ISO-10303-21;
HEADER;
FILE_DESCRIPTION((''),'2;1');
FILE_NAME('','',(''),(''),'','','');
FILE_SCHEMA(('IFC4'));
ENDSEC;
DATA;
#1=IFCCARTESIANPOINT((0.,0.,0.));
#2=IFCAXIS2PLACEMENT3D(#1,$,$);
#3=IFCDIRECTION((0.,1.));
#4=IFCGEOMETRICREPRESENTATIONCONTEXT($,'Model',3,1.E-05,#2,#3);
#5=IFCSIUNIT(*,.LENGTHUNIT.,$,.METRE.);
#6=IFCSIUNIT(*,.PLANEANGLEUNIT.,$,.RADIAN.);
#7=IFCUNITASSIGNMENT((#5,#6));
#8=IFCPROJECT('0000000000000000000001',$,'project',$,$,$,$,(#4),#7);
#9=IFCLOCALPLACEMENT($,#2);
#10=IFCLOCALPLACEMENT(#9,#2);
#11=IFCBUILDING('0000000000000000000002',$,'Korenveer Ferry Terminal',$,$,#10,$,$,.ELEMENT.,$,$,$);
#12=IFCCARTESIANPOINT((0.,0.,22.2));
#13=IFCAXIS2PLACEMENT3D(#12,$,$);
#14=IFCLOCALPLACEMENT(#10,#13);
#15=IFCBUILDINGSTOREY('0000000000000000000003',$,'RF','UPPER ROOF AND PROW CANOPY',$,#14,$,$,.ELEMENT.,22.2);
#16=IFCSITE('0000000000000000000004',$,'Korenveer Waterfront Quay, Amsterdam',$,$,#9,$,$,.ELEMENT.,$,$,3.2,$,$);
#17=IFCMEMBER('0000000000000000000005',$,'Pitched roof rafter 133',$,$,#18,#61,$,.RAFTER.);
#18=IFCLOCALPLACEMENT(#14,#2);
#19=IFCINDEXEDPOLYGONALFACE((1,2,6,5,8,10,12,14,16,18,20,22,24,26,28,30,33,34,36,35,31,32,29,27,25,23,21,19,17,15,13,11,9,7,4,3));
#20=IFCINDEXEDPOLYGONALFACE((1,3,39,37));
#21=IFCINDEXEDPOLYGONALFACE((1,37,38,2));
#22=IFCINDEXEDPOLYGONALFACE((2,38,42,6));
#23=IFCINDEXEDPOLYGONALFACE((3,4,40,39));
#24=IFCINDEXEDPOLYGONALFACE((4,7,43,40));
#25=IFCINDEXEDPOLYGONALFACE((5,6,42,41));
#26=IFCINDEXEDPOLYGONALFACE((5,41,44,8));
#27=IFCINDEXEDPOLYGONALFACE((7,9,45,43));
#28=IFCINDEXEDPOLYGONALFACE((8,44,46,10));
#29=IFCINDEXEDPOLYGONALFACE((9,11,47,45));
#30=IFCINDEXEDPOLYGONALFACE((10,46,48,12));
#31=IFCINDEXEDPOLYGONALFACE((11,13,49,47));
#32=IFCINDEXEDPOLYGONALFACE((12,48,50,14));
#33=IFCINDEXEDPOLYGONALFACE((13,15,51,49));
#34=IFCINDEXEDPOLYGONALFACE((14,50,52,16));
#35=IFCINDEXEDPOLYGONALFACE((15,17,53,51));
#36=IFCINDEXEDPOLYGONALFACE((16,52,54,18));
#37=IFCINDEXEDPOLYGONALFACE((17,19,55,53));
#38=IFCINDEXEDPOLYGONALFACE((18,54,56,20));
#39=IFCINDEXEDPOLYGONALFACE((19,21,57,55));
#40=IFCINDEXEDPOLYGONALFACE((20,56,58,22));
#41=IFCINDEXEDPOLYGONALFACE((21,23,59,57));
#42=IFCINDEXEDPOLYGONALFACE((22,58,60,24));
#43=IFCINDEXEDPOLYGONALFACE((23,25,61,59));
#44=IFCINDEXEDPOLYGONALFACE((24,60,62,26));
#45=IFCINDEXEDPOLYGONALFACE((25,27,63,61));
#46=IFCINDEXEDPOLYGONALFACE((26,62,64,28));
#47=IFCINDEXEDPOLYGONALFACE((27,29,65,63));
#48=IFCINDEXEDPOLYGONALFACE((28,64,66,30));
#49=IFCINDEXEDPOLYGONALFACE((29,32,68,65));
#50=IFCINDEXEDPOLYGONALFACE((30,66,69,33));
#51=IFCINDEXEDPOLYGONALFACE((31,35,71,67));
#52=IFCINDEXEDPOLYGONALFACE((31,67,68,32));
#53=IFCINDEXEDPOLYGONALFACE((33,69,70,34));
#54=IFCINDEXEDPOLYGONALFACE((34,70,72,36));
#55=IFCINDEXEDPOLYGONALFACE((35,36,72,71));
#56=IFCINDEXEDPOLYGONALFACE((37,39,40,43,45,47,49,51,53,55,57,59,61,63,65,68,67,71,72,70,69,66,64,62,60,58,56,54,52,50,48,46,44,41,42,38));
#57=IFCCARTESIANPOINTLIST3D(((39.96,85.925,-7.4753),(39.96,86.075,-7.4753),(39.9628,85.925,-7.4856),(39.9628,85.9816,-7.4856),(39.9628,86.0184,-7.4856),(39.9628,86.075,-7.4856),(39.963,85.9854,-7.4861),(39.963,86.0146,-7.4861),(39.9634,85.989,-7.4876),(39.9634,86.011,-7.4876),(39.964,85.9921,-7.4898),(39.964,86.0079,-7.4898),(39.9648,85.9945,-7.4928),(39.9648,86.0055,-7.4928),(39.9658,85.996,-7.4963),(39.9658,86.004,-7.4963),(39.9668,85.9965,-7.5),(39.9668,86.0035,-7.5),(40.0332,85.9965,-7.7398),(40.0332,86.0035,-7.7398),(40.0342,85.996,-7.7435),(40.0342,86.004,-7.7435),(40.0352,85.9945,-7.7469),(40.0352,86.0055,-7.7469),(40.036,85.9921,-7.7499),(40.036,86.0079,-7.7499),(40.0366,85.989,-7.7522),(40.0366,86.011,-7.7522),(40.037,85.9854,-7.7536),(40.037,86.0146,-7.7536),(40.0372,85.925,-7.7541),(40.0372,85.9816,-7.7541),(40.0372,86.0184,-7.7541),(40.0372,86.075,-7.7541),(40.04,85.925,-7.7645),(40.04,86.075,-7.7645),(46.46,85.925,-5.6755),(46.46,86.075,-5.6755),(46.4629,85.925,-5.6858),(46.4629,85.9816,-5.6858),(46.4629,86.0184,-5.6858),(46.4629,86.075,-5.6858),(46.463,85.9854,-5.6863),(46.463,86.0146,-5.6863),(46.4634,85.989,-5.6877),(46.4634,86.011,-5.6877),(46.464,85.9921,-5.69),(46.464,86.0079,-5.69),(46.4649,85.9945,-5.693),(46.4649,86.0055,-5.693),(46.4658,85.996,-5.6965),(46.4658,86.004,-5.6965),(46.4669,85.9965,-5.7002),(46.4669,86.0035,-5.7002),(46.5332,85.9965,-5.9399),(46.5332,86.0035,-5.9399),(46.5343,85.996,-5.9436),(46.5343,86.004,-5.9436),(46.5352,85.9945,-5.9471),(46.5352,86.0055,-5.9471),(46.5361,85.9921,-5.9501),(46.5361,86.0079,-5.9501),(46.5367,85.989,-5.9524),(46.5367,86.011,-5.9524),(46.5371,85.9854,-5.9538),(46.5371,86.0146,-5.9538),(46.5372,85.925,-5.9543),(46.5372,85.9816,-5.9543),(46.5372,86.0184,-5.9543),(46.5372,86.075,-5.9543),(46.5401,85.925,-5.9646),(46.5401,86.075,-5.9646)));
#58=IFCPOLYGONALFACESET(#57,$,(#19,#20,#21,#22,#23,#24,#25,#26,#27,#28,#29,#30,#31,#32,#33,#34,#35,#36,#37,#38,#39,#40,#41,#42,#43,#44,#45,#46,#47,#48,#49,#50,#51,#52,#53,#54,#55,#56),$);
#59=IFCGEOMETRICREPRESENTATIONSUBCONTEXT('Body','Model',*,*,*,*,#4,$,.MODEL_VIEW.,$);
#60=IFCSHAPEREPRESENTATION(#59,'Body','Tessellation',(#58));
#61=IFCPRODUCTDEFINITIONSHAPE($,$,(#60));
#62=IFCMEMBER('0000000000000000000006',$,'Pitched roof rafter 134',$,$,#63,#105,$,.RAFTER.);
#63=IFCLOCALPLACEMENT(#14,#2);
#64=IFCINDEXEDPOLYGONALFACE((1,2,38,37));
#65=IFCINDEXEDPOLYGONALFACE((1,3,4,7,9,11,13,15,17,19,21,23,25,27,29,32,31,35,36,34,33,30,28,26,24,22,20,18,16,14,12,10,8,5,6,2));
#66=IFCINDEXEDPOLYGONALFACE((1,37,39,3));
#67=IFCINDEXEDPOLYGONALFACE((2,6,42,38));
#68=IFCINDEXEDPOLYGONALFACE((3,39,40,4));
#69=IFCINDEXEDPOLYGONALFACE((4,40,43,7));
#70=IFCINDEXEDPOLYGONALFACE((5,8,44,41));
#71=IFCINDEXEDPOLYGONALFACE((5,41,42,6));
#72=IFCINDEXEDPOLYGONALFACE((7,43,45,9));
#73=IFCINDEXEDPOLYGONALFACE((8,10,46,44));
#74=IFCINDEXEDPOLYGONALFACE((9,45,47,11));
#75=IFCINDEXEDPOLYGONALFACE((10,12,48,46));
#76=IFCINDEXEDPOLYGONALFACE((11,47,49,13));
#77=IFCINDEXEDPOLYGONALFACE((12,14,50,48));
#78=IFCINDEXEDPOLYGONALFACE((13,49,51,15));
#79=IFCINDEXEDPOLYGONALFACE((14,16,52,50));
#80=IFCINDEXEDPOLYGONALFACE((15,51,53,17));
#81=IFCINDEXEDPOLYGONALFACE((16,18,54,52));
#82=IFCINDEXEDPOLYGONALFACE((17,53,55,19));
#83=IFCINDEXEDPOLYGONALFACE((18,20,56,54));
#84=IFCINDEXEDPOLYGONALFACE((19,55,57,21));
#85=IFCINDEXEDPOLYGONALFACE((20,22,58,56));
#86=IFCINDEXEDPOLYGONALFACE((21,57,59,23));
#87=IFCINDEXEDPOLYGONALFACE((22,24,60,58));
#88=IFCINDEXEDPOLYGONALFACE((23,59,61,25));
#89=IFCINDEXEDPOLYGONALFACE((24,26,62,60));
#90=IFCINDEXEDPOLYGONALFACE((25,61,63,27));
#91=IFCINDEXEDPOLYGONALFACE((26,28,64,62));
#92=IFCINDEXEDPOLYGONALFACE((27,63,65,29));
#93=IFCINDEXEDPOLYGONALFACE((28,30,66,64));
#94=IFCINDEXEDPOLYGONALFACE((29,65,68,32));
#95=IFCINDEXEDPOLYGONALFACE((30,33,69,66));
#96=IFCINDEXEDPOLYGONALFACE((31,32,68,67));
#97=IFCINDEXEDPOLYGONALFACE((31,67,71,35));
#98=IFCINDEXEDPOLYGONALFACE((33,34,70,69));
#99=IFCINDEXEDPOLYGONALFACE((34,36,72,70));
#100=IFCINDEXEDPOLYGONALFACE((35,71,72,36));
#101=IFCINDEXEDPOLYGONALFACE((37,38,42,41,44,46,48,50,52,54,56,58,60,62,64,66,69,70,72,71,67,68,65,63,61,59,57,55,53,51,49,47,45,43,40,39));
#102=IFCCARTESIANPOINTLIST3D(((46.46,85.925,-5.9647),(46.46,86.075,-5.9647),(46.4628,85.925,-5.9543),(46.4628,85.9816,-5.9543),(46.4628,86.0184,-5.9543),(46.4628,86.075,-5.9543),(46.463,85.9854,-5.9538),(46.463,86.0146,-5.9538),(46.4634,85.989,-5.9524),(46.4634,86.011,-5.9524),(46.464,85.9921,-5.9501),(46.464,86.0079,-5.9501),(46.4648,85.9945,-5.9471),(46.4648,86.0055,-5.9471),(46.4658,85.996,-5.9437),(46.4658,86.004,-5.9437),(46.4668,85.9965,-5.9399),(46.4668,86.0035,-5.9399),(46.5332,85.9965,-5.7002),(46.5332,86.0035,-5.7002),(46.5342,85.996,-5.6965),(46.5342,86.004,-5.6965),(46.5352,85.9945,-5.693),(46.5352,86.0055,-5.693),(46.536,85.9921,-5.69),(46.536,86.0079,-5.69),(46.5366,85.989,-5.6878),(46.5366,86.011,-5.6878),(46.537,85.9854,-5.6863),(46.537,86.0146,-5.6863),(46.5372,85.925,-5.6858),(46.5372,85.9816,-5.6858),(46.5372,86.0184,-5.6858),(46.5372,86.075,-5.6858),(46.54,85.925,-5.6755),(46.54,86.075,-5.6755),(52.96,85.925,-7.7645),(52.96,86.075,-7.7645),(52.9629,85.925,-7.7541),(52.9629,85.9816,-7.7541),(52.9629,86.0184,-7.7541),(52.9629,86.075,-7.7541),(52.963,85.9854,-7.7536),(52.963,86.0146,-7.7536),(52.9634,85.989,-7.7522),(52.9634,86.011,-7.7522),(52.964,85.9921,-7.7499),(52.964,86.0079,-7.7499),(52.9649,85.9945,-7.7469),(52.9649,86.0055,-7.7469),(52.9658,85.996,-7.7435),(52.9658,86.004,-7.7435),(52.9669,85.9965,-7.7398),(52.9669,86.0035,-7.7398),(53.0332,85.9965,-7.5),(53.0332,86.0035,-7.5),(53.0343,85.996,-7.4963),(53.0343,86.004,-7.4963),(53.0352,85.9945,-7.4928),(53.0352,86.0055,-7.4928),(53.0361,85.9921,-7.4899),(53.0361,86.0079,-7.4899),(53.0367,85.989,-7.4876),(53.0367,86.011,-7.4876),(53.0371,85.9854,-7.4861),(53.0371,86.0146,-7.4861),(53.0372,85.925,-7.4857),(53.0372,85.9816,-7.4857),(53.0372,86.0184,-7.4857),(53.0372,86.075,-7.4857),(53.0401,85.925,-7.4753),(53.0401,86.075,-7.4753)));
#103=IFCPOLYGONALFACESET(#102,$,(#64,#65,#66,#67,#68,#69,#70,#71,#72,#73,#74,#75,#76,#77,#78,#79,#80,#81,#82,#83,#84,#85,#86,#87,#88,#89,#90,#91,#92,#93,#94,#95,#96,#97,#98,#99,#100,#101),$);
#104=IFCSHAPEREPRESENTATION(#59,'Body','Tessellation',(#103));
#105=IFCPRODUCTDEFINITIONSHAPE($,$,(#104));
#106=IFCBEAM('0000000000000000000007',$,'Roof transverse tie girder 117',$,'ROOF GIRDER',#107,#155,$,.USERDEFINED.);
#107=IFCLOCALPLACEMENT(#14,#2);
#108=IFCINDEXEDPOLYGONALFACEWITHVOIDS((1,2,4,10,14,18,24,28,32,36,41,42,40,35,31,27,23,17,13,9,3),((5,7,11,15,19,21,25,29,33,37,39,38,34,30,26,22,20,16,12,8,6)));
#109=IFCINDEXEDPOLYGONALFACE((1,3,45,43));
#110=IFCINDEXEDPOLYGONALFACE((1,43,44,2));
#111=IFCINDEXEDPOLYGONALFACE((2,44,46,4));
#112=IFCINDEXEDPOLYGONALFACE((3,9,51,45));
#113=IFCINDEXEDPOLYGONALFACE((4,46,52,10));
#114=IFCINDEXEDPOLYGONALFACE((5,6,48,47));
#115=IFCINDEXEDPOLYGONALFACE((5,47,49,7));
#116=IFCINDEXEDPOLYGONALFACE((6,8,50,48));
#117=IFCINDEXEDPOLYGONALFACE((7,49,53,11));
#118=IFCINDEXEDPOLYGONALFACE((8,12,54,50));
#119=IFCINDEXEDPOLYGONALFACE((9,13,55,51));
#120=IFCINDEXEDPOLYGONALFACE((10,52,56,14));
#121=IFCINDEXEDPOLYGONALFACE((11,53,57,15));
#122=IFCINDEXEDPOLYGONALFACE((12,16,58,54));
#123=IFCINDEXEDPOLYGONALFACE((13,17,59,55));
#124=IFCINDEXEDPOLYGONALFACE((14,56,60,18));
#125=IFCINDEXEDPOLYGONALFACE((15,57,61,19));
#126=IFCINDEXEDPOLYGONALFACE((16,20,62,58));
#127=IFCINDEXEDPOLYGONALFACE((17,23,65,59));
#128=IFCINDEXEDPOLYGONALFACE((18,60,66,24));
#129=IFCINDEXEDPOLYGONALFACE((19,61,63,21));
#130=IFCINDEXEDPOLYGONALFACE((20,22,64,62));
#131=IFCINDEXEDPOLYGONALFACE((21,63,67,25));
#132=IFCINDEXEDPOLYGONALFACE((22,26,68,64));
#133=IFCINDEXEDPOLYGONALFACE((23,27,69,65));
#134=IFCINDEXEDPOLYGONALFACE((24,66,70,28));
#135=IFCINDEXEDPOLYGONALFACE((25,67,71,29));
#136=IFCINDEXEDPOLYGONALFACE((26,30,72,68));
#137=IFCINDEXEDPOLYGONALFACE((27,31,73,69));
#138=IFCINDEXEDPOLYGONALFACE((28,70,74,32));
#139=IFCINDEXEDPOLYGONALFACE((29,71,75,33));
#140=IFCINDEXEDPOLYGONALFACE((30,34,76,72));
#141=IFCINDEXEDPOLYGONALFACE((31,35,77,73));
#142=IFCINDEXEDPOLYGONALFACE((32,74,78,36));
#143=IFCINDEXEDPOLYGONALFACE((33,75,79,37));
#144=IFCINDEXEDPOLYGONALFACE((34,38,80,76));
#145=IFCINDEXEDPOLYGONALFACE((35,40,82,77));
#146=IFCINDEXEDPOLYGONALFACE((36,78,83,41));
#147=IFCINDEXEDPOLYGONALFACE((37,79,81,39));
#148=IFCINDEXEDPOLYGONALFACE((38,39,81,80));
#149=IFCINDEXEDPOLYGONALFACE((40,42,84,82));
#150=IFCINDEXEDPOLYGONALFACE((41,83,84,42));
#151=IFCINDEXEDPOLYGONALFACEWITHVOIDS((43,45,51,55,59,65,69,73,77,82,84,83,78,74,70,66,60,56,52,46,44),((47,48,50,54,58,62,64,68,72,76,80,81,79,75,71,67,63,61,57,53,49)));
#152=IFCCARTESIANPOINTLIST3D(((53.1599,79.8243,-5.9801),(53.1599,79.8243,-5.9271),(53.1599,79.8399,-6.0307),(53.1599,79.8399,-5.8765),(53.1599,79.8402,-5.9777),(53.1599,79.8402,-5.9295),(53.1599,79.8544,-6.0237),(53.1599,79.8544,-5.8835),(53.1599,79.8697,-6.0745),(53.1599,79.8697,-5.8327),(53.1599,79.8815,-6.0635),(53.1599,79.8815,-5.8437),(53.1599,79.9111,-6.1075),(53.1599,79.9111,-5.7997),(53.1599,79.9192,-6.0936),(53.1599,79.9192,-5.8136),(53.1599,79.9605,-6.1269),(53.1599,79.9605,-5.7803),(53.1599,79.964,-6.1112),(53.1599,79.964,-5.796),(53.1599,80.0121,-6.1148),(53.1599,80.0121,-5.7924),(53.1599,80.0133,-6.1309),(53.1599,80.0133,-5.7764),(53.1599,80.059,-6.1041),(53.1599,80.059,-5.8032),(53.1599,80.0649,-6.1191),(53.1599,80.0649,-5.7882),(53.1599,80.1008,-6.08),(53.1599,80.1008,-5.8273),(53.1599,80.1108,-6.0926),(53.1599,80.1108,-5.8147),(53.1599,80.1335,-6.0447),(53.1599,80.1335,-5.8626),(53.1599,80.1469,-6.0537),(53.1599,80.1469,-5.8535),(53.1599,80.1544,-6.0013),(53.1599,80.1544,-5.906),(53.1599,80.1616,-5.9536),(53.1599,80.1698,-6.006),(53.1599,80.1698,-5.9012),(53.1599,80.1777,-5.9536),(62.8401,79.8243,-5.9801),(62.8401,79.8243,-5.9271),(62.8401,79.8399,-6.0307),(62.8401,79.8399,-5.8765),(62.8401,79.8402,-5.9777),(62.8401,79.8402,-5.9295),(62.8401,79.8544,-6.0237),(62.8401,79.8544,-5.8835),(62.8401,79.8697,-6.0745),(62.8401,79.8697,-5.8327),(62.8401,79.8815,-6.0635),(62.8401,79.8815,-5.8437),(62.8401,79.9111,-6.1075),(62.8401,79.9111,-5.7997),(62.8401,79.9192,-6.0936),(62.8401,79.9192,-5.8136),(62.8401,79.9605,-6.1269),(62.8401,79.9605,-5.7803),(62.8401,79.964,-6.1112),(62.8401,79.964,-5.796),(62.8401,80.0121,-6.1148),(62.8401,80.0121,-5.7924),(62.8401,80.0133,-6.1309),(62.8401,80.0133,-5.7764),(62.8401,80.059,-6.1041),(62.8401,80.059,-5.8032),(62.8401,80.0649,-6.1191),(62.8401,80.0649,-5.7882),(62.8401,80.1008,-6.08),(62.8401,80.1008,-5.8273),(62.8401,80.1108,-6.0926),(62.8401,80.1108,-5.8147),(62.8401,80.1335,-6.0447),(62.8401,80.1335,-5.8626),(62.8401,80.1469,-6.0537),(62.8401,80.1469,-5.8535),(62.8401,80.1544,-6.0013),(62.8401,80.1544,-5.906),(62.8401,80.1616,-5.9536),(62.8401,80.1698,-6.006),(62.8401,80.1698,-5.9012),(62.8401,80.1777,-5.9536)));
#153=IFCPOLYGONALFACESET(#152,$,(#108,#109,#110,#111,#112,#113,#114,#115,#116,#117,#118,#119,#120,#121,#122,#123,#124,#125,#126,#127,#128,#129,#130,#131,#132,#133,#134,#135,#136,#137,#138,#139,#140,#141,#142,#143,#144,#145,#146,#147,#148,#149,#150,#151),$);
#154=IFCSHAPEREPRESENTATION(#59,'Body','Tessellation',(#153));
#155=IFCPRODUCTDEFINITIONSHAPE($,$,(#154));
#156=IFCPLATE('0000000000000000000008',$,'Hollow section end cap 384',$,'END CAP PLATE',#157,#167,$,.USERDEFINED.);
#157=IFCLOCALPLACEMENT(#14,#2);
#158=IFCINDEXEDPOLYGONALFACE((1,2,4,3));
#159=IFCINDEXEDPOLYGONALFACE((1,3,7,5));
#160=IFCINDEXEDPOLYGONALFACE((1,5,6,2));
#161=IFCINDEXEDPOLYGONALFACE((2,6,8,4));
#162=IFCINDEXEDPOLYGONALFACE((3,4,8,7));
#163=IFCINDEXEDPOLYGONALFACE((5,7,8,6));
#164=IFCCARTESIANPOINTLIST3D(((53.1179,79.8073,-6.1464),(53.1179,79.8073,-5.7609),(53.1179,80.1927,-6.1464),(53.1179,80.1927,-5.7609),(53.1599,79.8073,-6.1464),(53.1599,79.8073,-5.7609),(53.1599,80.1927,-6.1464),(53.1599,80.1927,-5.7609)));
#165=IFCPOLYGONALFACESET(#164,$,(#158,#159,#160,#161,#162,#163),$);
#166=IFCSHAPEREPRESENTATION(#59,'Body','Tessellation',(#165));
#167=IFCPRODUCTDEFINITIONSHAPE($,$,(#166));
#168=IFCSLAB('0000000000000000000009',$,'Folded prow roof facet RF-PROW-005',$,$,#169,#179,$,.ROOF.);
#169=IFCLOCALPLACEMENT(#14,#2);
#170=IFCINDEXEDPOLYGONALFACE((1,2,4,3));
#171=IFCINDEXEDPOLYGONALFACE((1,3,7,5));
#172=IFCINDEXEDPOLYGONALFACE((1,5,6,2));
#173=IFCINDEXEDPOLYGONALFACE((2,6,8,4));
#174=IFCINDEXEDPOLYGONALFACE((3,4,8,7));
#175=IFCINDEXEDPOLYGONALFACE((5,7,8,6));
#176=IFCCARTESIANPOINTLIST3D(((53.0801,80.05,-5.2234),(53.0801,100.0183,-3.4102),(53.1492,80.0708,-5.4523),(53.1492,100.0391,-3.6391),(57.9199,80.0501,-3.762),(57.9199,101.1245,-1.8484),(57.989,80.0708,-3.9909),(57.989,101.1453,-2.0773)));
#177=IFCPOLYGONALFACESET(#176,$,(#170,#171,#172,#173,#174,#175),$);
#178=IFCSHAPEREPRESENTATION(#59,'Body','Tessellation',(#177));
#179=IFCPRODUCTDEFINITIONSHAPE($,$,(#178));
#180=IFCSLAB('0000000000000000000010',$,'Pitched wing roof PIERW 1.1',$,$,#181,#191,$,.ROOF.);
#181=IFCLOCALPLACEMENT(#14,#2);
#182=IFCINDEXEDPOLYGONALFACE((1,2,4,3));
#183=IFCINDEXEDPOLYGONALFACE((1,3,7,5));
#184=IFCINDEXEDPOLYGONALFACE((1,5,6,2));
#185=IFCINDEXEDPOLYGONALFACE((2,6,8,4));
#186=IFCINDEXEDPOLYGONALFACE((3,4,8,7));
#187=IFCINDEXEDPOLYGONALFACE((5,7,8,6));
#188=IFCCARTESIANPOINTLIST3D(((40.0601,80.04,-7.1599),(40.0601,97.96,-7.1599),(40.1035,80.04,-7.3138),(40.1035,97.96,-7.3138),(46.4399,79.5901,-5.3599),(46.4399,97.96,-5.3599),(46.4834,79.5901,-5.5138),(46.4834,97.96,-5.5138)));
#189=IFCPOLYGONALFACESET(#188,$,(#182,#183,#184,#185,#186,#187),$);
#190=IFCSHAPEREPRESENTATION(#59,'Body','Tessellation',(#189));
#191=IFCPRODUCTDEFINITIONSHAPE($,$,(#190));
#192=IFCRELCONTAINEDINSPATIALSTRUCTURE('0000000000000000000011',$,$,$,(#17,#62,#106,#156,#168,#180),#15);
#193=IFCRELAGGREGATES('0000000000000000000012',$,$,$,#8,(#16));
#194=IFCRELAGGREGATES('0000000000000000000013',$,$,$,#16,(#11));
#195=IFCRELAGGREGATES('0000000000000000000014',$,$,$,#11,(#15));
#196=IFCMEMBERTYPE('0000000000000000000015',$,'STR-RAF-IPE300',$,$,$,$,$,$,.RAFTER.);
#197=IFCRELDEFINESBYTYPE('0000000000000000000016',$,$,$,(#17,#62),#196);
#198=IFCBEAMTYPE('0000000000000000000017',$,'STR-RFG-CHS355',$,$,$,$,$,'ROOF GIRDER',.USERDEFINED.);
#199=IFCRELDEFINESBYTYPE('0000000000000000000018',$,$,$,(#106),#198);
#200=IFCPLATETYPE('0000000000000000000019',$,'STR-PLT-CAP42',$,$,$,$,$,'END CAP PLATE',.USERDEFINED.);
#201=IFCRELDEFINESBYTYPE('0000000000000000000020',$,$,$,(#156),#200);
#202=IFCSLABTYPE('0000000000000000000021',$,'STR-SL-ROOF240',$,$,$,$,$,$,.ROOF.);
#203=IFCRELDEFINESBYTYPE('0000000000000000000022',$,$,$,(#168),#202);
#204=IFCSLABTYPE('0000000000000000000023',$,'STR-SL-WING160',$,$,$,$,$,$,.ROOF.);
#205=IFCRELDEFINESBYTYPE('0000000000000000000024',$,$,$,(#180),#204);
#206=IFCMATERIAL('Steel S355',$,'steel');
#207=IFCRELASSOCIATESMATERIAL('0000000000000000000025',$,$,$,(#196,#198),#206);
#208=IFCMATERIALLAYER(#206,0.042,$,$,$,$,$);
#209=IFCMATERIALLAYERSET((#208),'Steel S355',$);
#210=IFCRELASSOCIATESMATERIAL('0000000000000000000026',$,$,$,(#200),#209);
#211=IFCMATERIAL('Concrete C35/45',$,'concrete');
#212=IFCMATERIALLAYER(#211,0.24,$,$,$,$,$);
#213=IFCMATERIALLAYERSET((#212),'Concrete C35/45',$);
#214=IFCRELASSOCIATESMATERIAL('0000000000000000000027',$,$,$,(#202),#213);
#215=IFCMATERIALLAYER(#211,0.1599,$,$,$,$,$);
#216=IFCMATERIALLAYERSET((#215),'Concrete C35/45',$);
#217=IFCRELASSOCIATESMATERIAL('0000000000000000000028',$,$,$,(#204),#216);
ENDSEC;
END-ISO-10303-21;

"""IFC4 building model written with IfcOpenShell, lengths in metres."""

from ifc_helpers import new_model, si_unit, direction, frame, origin, origin_2d, place, context, subcontext, project, spatial, polyline, rectangle, hollow_circle, i_section, outline, extrude, material, layer, layer_set, material_profile, profile_set, type_object, element, save


model = new_model("IFC4")

# Units and contexts
model_context = context("Model", 3, precision=1e-05, world=origin(), true_north=direction((0.0, 1.0)))
body_context = subcontext(model_context, "Body", "Model", "MODEL_VIEW")
ifc_project = project(units=[si_unit("LENGTHUNIT", "METRE"), si_unit("PLANEANGLEUNIT", "RADIAN")], contexts=[model_context])

# Site, building, storey
site_placement = place(None, origin())
site = spatial("IfcSite", under=ifc_project, at=site_placement, Name="Korenveer Waterfront Quay, Amsterdam", CompositionType="ELEMENT", RefElevation=3.2)
building_placement = place(site_placement, origin())
building = spatial("IfcBuilding", under=site, at=building_placement, Name="Korenveer Ferry Terminal", CompositionType="ELEMENT")
storey_placement = place(building_placement, frame((0.0, 0.0, 22.2)))
storey = spatial("IfcBuildingStorey", under=building, at=storey_placement, Name="RF", Description="UPPER ROOF AND PROW CANOPY", CompositionType="ELEMENT", Elevation=22.2)

# Shared definitions
ifc_material_1 = material(Name="Steel S355", Category="steel")

# Members
ifc_material_profile_1 = material_profile(ifc_material_1, i_section(OverallWidth=0.1499, OverallDepth=0.3, WebThickness=0.0071, FlangeThickness=0.0107, FilletRadius=0.0149, at=origin_2d()), Name="IPE 300")
ifc_profile_set_1 = profile_set([ifc_material_profile_1], Name="Steel S355")
member_type_1 = type_object("IfcMemberType", Name="STR-RAF-IPE300", PredefinedType="RAFTER", material=ifc_profile_set_1)
for number, where, z_axis, x_axis, name in (
    (1, (40.0, 86.0, -7.6199), (0.963737, 0.0, 0.266852), (0.0, 1.0, 0.0), "Pitched roof rafter 133"),
    (2, (46.5, 86.0, -5.8201), (0.963737, 0.0, -0.266852), (0.0, 1.0, 0.0), "Pitched roof rafter 134"),
):
    element("IfcMember", number, at=place(storey_placement, frame(where, z_axis=z_axis, x_axis=x_axis)), inside=storey, type_object=member_type_1, Name=name, PredefinedType="RAFTER", context=body_context, shape_type="SweptSolid", body=[
        extrude(i_section(OverallWidth=0.1499, OverallDepth=0.3, WebThickness=0.0071, FlangeThickness=0.0107, FilletRadius=0.0149, at=origin_2d()), origin(), (0.0, 0.0, 1.0), 6.7446),
    ])

# Beam
ifc_material_profile_2 = material_profile(ifc_material_1, hollow_circle(Radius=0.1777, WallThickness=0.0161, at=origin_2d()), Name="CHS 355.6x16")
ifc_profile_set_2 = profile_set([ifc_material_profile_2], Name="Steel S355")
beam_type_1 = type_object("IfcBeamType", Name="STR-RFG-CHS355", ElementType="ROOF GIRDER", PredefinedType="USERDEFINED", material=ifc_profile_set_2)
beam_placement = place(storey_placement, frame((53.1599, 80.0, -5.9536), z_axis=(1.0, 0.0, 0.0), x_axis=(0.0, 1.0, 0.0)))
element("IfcBeam", 3, at=beam_placement, inside=storey, type_object=beam_type_1, Name="Roof transverse tie girder 117", ObjectType="ROOF GIRDER", PredefinedType="USERDEFINED", context=body_context, shape_type="SweptSolid", body=[
    extrude(hollow_circle(Radius=0.1777, WallThickness=0.0161, at=origin_2d()), origin(), (0.0, 0.0, 1.0), 9.6802),
])

# Plate
ifc_layer_1 = layer(ifc_material_1, 0.042)
ifc_layer_set_1 = layer_set([ifc_layer_1], Name="Steel S355")
plate_type = type_object("IfcPlateType", Name="STR-PLT-CAP42", ElementType="END CAP PLATE", PredefinedType="USERDEFINED", material=ifc_layer_set_1)
plate_placement = place(storey_placement, frame((53.1179, 80.0, -5.9536), z_axis=(1.0, 0.0, 0.0), x_axis=(0.0, 1.0, 0.0)))
element("IfcPlate", 4, at=plate_placement, inside=storey, type_object=plate_type, Name="Hollow section end cap 384", ObjectType="END CAP PLATE", PredefinedType="USERDEFINED", context=body_context, shape_type="SweptSolid", body=[
    extrude(rectangle(XDim=0.3855, YDim=0.3855, at=origin_2d()), origin(), (0.0, 0.0, 1.0), 0.042),
])

# Slabs
ifc_material_2 = material(Name="Concrete C35/45", Category="concrete")
ifc_layer_2 = layer(ifc_material_2, 0.24)
ifc_layer_set_2 = layer_set([ifc_layer_2], Name="Concrete C35/45")
slab_type_1 = type_object("IfcSlabType", Name="STR-SL-ROOF240", PredefinedType="ROOF", material=ifc_layer_set_2)
slab_placement = place(storey_placement, frame((53.0801, 80.05, -5.2234), z_axis=(-0.287971, -0.0866, 0.953715), x_axis=(0.957312, 0.000001, 0.289057)))
element("IfcSlab", 5, at=slab_placement, inside=storey, type_object=slab_type_1, Name="Folded prow roof facet RF-PROW-005", PredefinedType="ROOF", context=body_context, shape_type="SweptSolid", body=[
    extrude(outline(polyline([(0.0, 0.0), (5.0557, 0.0), (5.6088, 21.1539), (0.5241, 20.0436), (0.0, 0.0)])), origin(), (0.0, 0.0, -1.0), 0.24),
])
ifc_layer_3 = layer(ifc_material_2, 0.1599)
ifc_layer_set_3 = layer_set([ifc_layer_3], Name="Concrete C35/45")
slab_type_2 = type_object("IfcSlabType", Name="STR-SL-WING160", PredefinedType="ROOF", material=ifc_layer_set_3)
for number, where, z_axis, x_axis, name in (
    (6, (40.0601, 80.04, -7.1599), (-0.271543, 0.0, 0.962426), (0.960217, -0.067721, 0.27092), "Pitched wing roof PIERW 1.1"),
):
    element("IfcSlab", number, at=place(storey_placement, frame(where, z_axis=z_axis, x_axis=x_axis)), inside=storey, type_object=slab_type_2, Name=name, PredefinedType="ROOF", context=body_context, shape_type="SweptSolid", body=[
        extrude(outline(polyline([(0.0, 0.0), (6.6442, 0.0), (5.4002, 18.3277), (-1.2136, 17.8788), (0.0, 0.0)])), origin(), (0.0, 0.0, -1.0), 0.1599),
    ])

save(model, "model.ifc")
